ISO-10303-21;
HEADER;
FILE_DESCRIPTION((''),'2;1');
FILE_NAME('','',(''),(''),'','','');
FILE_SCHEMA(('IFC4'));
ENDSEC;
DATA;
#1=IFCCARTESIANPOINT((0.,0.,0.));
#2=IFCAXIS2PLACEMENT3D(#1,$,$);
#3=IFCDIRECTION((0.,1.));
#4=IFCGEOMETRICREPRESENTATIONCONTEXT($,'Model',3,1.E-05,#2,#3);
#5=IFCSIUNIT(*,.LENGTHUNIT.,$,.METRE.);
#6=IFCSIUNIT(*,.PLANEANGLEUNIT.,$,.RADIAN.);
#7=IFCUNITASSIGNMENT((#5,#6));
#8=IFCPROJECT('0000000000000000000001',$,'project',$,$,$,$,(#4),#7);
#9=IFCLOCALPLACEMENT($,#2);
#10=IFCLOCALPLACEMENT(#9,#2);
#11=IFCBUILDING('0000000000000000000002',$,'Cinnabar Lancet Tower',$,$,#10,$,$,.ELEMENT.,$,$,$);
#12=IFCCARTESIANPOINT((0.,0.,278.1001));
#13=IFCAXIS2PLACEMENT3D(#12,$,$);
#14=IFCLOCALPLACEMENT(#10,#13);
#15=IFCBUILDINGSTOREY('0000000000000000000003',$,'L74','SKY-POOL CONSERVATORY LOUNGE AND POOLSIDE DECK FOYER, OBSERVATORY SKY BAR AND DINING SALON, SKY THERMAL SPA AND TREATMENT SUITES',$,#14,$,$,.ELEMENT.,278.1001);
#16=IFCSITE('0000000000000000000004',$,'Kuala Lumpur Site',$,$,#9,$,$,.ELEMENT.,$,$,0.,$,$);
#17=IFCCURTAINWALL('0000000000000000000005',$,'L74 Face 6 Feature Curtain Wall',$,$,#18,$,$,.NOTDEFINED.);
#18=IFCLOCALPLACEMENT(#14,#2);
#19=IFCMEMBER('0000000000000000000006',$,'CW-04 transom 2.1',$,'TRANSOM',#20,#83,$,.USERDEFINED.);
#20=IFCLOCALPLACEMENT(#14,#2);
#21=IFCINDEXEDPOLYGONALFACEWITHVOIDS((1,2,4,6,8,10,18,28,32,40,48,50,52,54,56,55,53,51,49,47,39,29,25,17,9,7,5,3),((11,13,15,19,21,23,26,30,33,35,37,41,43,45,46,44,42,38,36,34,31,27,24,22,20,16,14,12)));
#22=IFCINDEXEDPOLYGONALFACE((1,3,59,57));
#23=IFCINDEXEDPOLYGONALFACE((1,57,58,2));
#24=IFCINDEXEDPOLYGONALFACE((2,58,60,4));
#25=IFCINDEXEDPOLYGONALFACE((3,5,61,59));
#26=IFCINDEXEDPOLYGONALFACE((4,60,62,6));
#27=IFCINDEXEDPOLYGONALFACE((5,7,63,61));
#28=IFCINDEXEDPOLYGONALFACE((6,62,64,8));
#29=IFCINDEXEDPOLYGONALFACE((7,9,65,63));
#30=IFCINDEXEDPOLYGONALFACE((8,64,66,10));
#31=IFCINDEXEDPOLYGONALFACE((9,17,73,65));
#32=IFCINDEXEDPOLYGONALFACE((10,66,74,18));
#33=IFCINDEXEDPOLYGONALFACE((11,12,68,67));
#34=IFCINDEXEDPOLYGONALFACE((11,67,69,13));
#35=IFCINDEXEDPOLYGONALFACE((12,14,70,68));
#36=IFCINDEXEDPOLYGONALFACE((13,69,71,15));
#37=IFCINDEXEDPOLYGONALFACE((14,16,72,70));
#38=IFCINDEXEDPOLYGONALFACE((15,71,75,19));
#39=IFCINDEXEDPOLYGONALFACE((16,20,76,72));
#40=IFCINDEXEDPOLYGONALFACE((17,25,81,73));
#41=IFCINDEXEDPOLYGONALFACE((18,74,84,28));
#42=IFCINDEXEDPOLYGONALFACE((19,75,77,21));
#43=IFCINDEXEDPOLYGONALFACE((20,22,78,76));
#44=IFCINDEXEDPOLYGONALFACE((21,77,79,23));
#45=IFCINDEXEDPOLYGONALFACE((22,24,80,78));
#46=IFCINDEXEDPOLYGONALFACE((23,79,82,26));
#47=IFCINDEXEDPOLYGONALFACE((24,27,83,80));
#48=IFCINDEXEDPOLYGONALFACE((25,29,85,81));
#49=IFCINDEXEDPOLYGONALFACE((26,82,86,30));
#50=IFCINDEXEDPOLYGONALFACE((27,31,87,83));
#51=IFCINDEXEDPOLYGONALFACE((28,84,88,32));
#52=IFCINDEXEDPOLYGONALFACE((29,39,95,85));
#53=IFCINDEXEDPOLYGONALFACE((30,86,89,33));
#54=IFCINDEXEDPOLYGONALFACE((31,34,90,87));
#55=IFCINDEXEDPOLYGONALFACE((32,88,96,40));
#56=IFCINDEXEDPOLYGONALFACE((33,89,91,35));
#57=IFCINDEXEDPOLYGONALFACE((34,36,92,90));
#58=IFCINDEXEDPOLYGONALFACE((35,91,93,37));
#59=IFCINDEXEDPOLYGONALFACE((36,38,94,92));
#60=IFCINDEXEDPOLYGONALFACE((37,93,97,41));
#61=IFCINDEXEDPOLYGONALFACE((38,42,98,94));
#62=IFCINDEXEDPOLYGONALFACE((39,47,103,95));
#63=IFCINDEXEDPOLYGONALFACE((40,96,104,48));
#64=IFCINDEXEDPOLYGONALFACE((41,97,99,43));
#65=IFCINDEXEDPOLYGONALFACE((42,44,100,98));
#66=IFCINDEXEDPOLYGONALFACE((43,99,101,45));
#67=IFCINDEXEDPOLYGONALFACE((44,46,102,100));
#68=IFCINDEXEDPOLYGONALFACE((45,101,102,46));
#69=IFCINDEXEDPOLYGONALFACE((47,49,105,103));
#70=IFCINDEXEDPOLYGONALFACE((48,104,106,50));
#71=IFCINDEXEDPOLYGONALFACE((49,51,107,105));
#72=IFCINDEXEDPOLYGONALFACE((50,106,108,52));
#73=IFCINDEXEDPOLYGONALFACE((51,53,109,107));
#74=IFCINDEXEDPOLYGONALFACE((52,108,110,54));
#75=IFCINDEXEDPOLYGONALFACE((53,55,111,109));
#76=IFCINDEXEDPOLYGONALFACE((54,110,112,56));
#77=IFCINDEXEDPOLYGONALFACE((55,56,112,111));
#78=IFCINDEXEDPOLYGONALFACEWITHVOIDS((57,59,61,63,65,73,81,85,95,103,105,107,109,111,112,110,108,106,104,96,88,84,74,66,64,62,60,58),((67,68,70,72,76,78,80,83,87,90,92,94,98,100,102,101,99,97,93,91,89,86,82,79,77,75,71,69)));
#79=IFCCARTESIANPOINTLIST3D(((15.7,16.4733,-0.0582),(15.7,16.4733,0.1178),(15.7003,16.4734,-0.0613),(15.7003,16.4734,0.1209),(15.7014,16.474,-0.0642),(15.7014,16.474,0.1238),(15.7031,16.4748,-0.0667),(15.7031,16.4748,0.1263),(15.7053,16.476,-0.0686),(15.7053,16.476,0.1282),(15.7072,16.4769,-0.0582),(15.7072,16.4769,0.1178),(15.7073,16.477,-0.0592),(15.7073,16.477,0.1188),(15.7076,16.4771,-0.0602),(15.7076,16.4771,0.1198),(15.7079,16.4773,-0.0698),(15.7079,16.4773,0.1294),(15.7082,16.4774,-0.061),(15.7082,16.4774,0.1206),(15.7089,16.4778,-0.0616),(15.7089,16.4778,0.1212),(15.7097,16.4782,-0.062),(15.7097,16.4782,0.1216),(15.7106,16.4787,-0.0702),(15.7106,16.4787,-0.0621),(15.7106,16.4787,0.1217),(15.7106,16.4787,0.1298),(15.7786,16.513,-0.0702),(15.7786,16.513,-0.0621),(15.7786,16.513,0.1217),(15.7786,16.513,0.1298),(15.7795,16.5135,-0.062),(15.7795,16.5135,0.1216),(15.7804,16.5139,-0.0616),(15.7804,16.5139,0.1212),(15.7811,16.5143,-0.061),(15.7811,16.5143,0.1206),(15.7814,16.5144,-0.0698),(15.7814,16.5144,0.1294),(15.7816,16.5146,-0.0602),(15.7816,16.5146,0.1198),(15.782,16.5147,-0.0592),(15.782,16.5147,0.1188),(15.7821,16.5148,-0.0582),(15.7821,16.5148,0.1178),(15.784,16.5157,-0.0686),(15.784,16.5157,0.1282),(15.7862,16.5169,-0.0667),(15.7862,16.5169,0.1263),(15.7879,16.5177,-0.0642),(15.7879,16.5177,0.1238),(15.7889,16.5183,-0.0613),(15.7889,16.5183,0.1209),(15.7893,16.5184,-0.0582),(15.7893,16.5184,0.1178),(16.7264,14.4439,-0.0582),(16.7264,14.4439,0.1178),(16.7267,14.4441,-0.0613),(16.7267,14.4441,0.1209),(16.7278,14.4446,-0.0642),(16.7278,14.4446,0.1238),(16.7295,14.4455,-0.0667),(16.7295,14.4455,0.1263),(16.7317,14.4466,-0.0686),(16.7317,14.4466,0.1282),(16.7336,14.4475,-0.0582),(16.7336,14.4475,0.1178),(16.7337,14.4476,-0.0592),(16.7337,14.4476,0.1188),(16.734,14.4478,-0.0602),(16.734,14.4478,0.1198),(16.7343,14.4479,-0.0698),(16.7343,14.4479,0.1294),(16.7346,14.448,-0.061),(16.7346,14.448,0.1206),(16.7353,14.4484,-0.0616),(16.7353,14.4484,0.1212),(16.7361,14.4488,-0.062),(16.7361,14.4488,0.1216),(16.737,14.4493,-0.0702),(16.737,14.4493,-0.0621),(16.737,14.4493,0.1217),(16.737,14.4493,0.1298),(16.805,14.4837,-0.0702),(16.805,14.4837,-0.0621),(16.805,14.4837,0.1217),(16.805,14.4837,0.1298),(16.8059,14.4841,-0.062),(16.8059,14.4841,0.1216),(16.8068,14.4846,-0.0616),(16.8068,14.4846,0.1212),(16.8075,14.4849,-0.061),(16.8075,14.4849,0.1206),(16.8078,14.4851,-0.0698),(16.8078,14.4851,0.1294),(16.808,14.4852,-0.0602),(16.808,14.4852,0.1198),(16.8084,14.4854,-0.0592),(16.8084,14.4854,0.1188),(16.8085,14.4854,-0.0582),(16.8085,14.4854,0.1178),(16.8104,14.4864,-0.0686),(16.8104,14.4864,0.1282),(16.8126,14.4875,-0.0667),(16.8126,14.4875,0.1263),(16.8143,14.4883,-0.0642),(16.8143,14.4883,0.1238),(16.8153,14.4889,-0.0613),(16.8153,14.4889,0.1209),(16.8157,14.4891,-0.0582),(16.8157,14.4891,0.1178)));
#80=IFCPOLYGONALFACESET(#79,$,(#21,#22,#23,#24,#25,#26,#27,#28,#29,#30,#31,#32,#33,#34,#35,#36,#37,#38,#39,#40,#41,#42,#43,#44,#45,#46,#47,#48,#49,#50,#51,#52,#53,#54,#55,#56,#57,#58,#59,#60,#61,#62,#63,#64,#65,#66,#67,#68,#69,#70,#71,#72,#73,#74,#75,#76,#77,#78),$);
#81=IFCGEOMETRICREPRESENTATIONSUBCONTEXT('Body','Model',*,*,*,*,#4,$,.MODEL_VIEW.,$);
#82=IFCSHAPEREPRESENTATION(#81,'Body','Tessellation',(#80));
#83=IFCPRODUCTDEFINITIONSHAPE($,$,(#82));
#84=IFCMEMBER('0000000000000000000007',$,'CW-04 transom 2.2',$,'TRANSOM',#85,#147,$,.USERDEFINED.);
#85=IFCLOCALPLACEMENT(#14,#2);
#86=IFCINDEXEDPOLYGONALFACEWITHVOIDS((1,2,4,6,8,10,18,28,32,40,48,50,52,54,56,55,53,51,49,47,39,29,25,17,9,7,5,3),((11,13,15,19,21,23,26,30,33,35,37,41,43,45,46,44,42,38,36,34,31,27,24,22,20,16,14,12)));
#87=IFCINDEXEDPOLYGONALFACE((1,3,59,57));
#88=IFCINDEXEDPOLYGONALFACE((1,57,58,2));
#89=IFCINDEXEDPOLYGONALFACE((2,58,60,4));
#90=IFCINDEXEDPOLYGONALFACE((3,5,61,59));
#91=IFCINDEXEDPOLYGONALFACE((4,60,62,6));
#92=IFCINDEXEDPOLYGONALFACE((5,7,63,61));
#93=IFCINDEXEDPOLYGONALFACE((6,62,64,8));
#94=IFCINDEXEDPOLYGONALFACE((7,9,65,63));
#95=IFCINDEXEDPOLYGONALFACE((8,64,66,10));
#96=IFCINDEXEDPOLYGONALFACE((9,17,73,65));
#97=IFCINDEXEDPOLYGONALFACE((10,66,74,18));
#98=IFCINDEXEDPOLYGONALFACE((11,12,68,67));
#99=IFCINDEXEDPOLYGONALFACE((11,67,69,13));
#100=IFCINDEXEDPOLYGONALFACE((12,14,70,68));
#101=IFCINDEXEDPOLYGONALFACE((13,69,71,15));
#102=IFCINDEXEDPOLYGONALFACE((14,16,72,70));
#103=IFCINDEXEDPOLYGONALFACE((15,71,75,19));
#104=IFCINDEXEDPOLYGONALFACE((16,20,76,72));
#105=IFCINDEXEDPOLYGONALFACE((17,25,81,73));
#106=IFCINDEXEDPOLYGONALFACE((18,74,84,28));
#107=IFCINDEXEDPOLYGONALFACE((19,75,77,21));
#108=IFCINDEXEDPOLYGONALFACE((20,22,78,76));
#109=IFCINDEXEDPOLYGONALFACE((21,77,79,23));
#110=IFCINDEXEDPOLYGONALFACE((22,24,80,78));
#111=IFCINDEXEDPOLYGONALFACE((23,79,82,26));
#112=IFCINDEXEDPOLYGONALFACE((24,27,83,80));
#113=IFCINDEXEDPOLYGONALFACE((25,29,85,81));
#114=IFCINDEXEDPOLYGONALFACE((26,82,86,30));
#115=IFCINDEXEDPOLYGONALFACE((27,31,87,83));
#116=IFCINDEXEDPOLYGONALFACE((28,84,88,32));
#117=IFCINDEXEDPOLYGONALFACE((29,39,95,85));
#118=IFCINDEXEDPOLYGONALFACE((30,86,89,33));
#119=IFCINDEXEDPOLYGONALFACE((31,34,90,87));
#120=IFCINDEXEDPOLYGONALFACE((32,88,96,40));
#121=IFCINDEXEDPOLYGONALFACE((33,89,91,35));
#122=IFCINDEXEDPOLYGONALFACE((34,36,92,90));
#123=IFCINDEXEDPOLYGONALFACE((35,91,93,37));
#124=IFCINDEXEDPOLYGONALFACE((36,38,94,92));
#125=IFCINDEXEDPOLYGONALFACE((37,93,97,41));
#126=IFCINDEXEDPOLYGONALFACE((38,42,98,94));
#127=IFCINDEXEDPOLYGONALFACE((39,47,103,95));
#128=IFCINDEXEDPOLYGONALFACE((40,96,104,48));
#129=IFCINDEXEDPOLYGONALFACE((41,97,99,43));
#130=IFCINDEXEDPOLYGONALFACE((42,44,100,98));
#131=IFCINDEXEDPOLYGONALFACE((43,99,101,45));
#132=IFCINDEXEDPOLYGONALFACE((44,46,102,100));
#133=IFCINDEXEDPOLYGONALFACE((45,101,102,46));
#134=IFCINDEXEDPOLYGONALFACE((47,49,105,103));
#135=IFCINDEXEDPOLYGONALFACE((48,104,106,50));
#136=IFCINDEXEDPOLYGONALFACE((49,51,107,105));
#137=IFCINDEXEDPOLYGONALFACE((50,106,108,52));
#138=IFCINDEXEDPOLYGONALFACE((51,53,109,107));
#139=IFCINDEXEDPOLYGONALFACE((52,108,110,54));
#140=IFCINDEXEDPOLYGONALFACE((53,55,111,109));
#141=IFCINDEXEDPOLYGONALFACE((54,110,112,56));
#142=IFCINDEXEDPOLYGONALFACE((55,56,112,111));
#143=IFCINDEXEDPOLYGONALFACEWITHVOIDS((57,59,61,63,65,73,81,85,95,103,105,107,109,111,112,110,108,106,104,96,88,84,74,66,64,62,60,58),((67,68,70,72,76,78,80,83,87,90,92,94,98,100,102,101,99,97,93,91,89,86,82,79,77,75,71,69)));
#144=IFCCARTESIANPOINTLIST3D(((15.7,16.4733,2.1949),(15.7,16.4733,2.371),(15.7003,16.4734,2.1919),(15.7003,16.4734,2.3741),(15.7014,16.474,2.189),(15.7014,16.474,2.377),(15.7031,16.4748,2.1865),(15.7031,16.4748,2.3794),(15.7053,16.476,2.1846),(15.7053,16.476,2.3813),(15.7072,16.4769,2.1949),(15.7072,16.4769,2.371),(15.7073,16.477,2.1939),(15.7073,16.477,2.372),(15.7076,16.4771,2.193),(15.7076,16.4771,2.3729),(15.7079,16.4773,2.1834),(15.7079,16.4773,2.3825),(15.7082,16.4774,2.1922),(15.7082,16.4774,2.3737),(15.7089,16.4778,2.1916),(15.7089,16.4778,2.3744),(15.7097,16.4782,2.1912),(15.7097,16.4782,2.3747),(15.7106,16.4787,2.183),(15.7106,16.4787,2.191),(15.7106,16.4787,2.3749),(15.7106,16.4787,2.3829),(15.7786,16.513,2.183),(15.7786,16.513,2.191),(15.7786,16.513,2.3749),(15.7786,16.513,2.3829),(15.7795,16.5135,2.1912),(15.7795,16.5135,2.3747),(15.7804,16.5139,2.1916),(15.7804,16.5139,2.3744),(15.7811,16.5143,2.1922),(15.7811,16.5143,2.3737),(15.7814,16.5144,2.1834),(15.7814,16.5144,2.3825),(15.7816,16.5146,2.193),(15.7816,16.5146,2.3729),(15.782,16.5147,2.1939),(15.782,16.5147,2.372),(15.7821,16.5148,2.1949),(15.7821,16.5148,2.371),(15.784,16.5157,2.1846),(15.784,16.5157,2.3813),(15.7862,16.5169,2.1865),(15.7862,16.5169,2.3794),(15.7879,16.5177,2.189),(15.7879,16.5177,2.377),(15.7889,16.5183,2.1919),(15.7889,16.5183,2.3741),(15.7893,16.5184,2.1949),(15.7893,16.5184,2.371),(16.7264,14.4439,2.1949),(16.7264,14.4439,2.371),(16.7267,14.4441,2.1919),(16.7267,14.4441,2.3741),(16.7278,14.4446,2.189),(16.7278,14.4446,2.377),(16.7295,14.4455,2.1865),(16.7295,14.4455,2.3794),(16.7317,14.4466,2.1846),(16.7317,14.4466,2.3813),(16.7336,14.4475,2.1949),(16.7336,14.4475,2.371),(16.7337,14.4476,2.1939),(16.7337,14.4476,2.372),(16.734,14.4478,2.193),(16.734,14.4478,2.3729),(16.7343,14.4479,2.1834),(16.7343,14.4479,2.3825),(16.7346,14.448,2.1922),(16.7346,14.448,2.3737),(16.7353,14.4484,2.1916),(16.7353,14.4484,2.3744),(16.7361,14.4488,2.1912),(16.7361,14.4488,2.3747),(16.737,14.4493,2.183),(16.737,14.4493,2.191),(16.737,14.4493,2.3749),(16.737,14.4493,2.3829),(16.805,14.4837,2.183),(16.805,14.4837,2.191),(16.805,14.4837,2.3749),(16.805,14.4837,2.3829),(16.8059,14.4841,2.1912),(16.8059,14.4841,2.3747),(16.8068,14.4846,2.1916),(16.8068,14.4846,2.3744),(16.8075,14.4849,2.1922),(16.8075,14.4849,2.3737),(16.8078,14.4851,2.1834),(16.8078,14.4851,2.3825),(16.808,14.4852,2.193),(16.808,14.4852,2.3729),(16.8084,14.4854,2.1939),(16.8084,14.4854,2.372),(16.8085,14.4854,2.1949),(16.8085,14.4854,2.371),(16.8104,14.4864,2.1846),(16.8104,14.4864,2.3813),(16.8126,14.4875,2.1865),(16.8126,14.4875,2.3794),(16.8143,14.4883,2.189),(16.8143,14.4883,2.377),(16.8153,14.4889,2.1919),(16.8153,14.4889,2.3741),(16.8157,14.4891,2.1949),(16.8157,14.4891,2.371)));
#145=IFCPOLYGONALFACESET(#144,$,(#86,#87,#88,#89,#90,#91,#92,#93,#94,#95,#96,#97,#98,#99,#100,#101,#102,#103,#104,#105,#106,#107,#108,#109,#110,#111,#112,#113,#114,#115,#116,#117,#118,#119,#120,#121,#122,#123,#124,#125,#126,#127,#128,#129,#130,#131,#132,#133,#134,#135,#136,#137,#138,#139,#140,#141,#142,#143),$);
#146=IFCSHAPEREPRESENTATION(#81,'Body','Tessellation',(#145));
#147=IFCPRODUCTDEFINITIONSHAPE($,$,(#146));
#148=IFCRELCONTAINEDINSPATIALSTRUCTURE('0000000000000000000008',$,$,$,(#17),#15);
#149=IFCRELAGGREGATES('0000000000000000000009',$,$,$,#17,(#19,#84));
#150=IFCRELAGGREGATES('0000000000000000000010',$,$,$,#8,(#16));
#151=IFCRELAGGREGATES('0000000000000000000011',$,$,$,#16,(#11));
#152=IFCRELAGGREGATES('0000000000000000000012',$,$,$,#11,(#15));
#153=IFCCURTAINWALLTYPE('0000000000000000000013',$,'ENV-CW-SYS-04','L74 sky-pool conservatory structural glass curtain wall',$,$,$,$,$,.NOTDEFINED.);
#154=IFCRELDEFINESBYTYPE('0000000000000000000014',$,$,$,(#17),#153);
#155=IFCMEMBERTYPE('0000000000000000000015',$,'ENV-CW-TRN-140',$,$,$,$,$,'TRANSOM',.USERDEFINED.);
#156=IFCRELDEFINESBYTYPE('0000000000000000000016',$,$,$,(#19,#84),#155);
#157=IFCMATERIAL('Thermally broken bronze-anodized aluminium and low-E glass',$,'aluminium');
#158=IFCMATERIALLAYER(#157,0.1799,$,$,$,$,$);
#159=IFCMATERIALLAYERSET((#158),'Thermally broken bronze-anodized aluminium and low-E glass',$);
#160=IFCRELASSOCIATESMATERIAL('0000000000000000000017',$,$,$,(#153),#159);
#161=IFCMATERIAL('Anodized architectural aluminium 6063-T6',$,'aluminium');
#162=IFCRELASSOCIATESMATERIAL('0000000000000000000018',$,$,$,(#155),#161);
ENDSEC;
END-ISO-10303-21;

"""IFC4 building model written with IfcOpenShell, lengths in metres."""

from ifc_helpers import new_model, si_unit, direction, frame, origin, origin_2d, place, context, subcontext, project, spatial, hollow_rectangle, extrude, material, layer, layer_set, material_profile, profile_set, type_object, element, aggregate, save


model = new_model("IFC4")

# Units and contexts
model_context = context("Model", 3, precision=1e-05, world=origin(), true_north=direction((0.0, 1.0)))
body_context = subcontext(model_context, "Body", "Model", "MODEL_VIEW")
ifc_project = project(units=[si_unit("LENGTHUNIT", "METRE"), si_unit("PLANEANGLEUNIT", "RADIAN")], contexts=[model_context])

# Site, building, storey
site_placement = place(None, origin())
site = spatial("IfcSite", under=ifc_project, at=site_placement, Name="Kuala Lumpur Site", CompositionType="ELEMENT", RefElevation=0.0)
building_placement = place(site_placement, origin())
building = spatial("IfcBuilding", under=site, at=building_placement, Name="Cinnabar Lancet Tower", CompositionType="ELEMENT")
storey_placement = place(building_placement, frame((0.0, 0.0, 278.1001)))
storey = spatial("IfcBuildingStorey", under=building, at=storey_placement, Name="L74", Description="SKY-POOL CONSERVATORY LOUNGE AND POOLSIDE DECK FOYER, OBSERVATORY SKY BAR AND DINING SALON, SKY THERMAL SPA AND TREATMENT SUITES", CompositionType="ELEMENT", Elevation=278.1001)

# Curtain wall, members
ifc_material_1 = material(Name="Thermally broken bronze-anodized aluminium and low-E glass", Category="aluminium")
ifc_layer_1 = layer(ifc_material_1, 0.1799)
ifc_layer_set_1 = layer_set([ifc_layer_1], Name="Thermally broken bronze-anodized aluminium and low-E glass")
curtain_wall_type = type_object("IfcCurtainWallType", Name="ENV-CW-SYS-04", Description="L74 sky-pool conservatory structural glass curtain wall", PredefinedType="NOTDEFINED", material=ifc_layer_set_1)
curtain_wall_placement = place(storey_placement, origin())
curtain_wall = element("IfcCurtainWall", 1, at=curtain_wall_placement, inside=storey, type_object=curtain_wall_type, Name="L74 Face 6 Feature Curtain Wall", PredefinedType="NOTDEFINED")
ifc_material_2 = material(Name="Anodized architectural aluminium 6063-T6", Category="aluminium")
ifc_material_profile_1 = material_profile(ifc_material_2, hollow_rectangle(XDim=0.1001, YDim=0.2, WallThickness=0.0081, InnerFilletRadius=0.0039, OuterFilletRadius=0.012, at=origin_2d()), Name="RHS 200x100x8")
ifc_profile_set_1 = profile_set([ifc_material_profile_1], Name="Anodized architectural aluminium 6063-T6")
member_type_1 = type_object("IfcMemberType", Name="ENV-CW-TRN-140", ElementType="TRANSOM", PredefinedType="USERDEFINED", material=ifc_profile_set_1)
member_1_placement = place(storey_placement, frame((15.7446, 16.4958, 0.0298), z_axis=(0.451331, -0.892356, 0.0), x_axis=(0.892356, 0.451331, 0.0)))
member_1 = element("IfcMember", 2, at=member_1_placement, type_object=member_type_1, Name="CW-04 transom 2.1", ObjectType="TRANSOM", PredefinedType="USERDEFINED", context=body_context, shape_type="SweptSolid", body=[
    extrude(hollow_rectangle(XDim=0.1001, YDim=0.2, WallThickness=0.0081, InnerFilletRadius=0.0039, OuterFilletRadius=0.012, at=origin_2d()), origin(), (0.0, 0.0, 1.0), 2.2742),
])
member_2_placement = place(storey_placement, frame((15.7446, 16.4958, 2.283), z_axis=(0.451331, -0.892356, 0.0), x_axis=(0.892356, 0.451331, 0.0)))
member_2 = element("IfcMember", 3, at=member_2_placement, type_object=member_type_1, Name="CW-04 transom 2.2", ObjectType="TRANSOM", PredefinedType="USERDEFINED", context=body_context, shape_type="SweptSolid", body=[
    extrude(hollow_rectangle(XDim=0.1001, YDim=0.2, WallThickness=0.0081, InnerFilletRadius=0.0039, OuterFilletRadius=0.012, at=origin_2d()), origin(), (0.0, 0.0, 1.0), 2.2742),
])

aggregate(curtain_wall, [member_1, member_2])

save(model, "model.ifc")
